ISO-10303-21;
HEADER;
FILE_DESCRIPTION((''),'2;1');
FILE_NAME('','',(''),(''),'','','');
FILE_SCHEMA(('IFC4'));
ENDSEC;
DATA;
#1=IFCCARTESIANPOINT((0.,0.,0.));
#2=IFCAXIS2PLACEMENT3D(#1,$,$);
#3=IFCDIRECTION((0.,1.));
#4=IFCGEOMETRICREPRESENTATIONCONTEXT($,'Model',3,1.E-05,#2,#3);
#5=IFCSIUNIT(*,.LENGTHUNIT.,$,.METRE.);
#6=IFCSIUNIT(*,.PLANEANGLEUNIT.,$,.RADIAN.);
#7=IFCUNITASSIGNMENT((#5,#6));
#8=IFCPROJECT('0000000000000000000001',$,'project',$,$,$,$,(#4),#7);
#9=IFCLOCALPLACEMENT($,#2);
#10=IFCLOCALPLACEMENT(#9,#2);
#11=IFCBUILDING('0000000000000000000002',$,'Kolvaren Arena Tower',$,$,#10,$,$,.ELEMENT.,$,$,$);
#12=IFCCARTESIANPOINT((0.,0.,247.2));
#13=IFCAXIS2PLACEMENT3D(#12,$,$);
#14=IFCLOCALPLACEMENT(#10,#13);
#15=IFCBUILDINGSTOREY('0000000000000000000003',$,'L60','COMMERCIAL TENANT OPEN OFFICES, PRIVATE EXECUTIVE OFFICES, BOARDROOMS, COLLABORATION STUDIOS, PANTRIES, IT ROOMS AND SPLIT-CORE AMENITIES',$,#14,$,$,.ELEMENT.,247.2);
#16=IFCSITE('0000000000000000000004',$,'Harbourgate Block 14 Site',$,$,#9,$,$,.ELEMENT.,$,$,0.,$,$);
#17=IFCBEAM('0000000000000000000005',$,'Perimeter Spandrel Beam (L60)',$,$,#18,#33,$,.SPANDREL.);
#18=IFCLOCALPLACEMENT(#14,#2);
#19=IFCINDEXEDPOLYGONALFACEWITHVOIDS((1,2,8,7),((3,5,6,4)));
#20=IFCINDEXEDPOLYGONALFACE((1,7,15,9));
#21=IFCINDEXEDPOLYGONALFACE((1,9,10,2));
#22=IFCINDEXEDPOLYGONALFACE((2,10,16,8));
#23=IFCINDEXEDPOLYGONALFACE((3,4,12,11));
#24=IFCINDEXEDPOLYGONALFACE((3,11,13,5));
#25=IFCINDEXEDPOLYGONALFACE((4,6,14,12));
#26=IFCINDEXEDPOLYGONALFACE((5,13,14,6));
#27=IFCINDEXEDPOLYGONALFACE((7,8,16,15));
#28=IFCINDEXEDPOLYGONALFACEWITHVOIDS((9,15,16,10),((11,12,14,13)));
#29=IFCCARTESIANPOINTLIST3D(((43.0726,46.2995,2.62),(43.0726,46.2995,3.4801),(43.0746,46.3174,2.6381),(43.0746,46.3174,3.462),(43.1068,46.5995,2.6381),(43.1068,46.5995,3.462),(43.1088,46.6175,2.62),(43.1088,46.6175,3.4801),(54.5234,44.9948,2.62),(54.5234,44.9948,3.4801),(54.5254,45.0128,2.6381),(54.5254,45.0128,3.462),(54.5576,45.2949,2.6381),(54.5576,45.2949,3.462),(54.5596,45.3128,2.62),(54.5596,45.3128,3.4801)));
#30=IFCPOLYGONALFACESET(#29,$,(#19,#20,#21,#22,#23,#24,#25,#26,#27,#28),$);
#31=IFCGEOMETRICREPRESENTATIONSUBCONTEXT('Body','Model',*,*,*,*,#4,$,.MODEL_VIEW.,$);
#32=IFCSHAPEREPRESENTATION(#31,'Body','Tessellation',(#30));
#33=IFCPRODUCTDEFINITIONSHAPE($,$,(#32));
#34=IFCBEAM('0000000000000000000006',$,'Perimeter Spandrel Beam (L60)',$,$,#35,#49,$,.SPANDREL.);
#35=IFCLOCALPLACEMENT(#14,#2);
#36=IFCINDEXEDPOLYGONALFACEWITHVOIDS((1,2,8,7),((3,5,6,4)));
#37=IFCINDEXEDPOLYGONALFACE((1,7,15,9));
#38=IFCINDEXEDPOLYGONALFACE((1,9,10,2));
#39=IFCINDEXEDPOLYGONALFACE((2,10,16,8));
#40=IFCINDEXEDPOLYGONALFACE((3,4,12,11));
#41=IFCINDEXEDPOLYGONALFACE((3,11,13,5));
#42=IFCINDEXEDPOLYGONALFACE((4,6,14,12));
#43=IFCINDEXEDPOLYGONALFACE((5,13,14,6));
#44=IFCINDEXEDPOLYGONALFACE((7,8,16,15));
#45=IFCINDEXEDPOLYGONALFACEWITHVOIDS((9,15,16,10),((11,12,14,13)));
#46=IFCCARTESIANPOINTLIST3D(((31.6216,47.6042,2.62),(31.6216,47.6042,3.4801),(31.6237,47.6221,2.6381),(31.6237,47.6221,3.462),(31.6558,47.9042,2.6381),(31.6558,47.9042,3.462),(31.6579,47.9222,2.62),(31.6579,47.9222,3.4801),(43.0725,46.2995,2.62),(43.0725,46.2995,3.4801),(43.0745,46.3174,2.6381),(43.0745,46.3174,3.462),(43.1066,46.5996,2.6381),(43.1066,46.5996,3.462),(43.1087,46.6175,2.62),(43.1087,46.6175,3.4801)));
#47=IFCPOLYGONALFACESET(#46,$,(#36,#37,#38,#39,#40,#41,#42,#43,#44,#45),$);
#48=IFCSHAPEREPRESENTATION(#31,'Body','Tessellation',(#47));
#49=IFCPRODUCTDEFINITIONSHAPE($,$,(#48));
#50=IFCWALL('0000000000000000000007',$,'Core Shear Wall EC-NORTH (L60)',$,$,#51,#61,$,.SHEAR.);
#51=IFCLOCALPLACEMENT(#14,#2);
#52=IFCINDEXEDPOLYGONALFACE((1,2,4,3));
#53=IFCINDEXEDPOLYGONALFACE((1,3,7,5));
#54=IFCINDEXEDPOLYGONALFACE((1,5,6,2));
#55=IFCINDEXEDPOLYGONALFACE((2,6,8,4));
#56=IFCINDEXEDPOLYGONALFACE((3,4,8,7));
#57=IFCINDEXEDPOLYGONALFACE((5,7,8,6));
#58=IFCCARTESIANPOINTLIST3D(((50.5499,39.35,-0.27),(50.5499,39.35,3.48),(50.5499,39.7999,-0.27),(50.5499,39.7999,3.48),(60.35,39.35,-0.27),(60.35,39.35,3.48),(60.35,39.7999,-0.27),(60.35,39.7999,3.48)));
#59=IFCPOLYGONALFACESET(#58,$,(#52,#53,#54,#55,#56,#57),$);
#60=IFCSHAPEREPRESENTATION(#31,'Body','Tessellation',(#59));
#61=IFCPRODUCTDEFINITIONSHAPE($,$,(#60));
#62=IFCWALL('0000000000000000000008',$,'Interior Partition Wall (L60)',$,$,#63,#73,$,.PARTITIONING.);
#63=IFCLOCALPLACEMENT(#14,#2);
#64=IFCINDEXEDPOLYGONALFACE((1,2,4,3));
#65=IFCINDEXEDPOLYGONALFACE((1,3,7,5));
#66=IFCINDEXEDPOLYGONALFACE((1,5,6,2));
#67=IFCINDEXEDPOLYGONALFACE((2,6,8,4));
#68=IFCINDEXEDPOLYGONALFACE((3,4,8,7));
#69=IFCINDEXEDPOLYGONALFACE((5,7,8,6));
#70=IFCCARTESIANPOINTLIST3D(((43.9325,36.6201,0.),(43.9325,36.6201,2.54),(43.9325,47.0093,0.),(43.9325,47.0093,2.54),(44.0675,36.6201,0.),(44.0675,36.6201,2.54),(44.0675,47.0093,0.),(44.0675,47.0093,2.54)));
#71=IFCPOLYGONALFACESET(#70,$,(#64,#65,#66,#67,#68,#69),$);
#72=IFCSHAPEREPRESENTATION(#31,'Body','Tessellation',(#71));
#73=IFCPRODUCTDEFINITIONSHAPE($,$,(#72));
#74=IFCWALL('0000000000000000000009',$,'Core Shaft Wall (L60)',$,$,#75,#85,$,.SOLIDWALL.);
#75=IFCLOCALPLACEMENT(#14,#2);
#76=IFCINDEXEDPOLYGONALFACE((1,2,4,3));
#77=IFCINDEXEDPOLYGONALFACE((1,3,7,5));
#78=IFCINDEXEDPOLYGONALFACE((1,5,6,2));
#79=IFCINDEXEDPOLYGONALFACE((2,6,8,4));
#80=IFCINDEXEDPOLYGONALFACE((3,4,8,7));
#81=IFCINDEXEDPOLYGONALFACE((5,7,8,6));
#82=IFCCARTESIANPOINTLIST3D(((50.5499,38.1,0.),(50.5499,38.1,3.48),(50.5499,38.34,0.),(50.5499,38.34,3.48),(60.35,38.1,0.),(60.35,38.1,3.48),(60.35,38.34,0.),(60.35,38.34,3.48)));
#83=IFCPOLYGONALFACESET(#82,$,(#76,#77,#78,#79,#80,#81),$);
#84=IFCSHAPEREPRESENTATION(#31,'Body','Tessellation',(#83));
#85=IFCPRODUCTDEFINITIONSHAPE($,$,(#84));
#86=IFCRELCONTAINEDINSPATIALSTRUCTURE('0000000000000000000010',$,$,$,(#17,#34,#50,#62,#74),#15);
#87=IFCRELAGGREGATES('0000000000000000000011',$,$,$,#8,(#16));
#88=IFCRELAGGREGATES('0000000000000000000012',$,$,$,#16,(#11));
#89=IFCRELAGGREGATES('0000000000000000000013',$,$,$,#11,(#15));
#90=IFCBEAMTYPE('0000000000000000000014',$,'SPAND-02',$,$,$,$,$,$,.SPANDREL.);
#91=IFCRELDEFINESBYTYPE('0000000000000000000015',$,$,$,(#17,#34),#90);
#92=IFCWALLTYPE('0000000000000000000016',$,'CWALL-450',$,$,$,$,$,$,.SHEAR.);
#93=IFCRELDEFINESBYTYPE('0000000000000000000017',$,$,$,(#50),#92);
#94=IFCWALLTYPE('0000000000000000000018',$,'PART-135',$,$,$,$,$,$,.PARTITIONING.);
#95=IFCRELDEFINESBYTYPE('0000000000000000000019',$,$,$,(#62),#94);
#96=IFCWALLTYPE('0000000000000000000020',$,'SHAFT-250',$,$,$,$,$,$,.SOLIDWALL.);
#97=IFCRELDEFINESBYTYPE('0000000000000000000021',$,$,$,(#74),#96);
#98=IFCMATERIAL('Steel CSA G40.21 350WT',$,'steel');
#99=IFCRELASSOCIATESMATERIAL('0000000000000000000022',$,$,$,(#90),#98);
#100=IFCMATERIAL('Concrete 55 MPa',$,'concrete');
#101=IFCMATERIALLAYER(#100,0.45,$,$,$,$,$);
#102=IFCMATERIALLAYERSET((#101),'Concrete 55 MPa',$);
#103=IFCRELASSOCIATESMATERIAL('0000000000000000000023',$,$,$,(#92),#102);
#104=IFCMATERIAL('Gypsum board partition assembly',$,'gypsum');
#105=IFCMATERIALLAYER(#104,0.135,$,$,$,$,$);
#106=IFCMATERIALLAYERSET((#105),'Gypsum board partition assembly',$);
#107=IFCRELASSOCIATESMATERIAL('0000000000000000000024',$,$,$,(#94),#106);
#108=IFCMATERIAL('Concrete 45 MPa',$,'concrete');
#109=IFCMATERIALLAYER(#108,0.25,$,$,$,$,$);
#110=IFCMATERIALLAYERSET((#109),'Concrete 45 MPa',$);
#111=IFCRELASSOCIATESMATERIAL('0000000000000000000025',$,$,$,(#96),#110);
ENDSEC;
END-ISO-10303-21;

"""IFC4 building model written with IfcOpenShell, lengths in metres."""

from ifc_helpers import new_model, si_unit, direction, frame, frame_2d, origin, origin_2d, place, context, subcontext, project, spatial, rectangle, hollow_rectangle, extrude, material, layer, layer_set, material_profile, profile_set, type_object, element, save


model = new_model("IFC4")

# Units and contexts
model_context = context("Model", 3, precision=1e-05, world=origin(), true_north=direction((0.0, 1.0)))
body_context = subcontext(model_context, "Body", "Model", "MODEL_VIEW")
ifc_project = project(units=[si_unit("LENGTHUNIT", "METRE"), si_unit("PLANEANGLEUNIT", "RADIAN")], contexts=[model_context])

# Site, building, storey
site_placement = place(None, origin())
site = spatial("IfcSite", under=ifc_project, at=site_placement, Name="Harbourgate Block 14 Site", CompositionType="ELEMENT", RefElevation=0.0)
building_placement = place(site_placement, origin())
building = spatial("IfcBuilding", under=site, at=building_placement, Name="Kolvaren Arena Tower", CompositionType="ELEMENT")
storey_placement = place(building_placement, frame((0.0, 0.0, 247.2)))
storey = spatial("IfcBuildingStorey", under=building, at=storey_placement, Name="L60", Description="COMMERCIAL TENANT OPEN OFFICES, PRIVATE EXECUTIVE OFFICES, BOARDROOMS, COLLABORATION STUDIOS, PANTRIES, IT ROOMS AND SPLIT-CORE AMENITIES", CompositionType="ELEMENT", Elevation=247.2)

# Beams
ifc_material_1 = material(Name="Steel CSA G40.21 350WT", Category="steel")
ifc_material_profile_1 = material_profile(ifc_material_1, hollow_rectangle(XDim=0.3201, YDim=0.8601, WallThickness=0.0181, at=origin_2d()), Name="HSS 860x320x18")
ifc_profile_set_1 = profile_set([ifc_material_profile_1], Name="Steel CSA G40.21 350WT")
beam_type_1 = type_object("IfcBeamType", Name="SPAND-02", PredefinedType="SPANDREL", material=ifc_profile_set_1)
for number, where, z_axis, x_axis, name in (
    (1, (54.5415, 45.1538, 3.05), (-0.993572, 0.113205, 0.0), (-0.113205, -0.993572, 0.0), "Perimeter Spandrel Beam (L60)"),
    (2, (43.0906, 46.4585, 3.05), (-0.993572, 0.113205, 0.0), (-0.113205, -0.993572, 0.0), "Perimeter Spandrel Beam (L60)"),
):
    element("IfcBeam", number, at=place(storey_placement, frame(where, z_axis=z_axis, x_axis=x_axis)), inside=storey, type_object=beam_type_1, Name=name, PredefinedType="SPANDREL", context=body_context, shape_type="SweptSolid", body=[
        extrude(hollow_rectangle(XDim=0.3201, YDim=0.8601, WallThickness=0.0181, at=origin_2d()), origin(), (0.0, 0.0, 1.0), 11.5249),
    ])

# Walls
ifc_material_2 = material(Name="Concrete 55 MPa", Category="concrete")
ifc_layer_1 = layer(ifc_material_2, 0.45)
ifc_layer_set_1 = layer_set([ifc_layer_1], Name="Concrete 55 MPa")
wall_type_1 = type_object("IfcWallType", Name="CWALL-450", PredefinedType="SHEAR", material=ifc_layer_set_1)
wall_1_placement = place(storey_placement, frame((50.55, 39.575, -0.27), z_axis=(0.0, 0.0, 1.0), x_axis=(1.0, 0.0, 0.0)))
element("IfcWall", 3, at=wall_1_placement, inside=storey, type_object=wall_type_1, Name="Core Shear Wall EC-NORTH (L60)", PredefinedType="SHEAR", context=body_context, shape_type="SweptSolid", body=[
    extrude(rectangle(XDim=9.8, YDim=0.45, at=frame_2d((4.8999, 0.0))), origin(), (0.0, 0.0, 1.0), 3.75),
])
ifc_material_3 = material(Name="Gypsum board partition assembly", Category="gypsum")
ifc_layer_2 = layer(ifc_material_3, 0.135)
ifc_layer_set_2 = layer_set([ifc_layer_2], Name="Gypsum board partition assembly")
wall_type_2 = type_object("IfcWallType", Name="PART-135", PredefinedType="PARTITIONING", material=ifc_layer_set_2)
wall_2_placement = place(storey_placement, frame((44.0, 36.6201, 0.0), z_axis=(0.0, 0.0, 1.0), x_axis=(0.0, 1.0, 0.0)))
element("IfcWall", 4, at=wall_2_placement, inside=storey, type_object=wall_type_2, Name="Interior Partition Wall (L60)", PredefinedType="PARTITIONING", context=body_context, shape_type="SweptSolid", body=[
    extrude(rectangle(XDim=10.3892, YDim=0.135, at=frame_2d((5.1946, 0.0))), origin(), (0.0, 0.0, 1.0), 2.54),
])
ifc_material_4 = material(Name="Concrete 45 MPa", Category="concrete")
ifc_layer_3 = layer(ifc_material_4, 0.25)
ifc_layer_set_3 = layer_set([ifc_layer_3], Name="Concrete 45 MPa")
wall_type_3 = type_object("IfcWallType", Name="SHAFT-250", PredefinedType="SOLIDWALL", material=ifc_layer_set_3)
wall_3_placement = place(storey_placement, frame((50.55, 38.22, 0.0), z_axis=(0.0, 0.0, 1.0), x_axis=(1.0, 0.0, 0.0)))
element("IfcWall", 5, at=wall_3_placement, inside=storey, type_object=wall_type_3, Name="Core Shaft Wall (L60)", PredefinedType="SOLIDWALL", context=body_context, shape_type="SweptSolid", body=[
    extrude(rectangle(XDim=9.8, YDim=0.24, at=frame_2d((4.8999, 0.0))), origin(), (0.0, 0.0, 1.0), 3.48),
])

save(model, "model.ifc")
